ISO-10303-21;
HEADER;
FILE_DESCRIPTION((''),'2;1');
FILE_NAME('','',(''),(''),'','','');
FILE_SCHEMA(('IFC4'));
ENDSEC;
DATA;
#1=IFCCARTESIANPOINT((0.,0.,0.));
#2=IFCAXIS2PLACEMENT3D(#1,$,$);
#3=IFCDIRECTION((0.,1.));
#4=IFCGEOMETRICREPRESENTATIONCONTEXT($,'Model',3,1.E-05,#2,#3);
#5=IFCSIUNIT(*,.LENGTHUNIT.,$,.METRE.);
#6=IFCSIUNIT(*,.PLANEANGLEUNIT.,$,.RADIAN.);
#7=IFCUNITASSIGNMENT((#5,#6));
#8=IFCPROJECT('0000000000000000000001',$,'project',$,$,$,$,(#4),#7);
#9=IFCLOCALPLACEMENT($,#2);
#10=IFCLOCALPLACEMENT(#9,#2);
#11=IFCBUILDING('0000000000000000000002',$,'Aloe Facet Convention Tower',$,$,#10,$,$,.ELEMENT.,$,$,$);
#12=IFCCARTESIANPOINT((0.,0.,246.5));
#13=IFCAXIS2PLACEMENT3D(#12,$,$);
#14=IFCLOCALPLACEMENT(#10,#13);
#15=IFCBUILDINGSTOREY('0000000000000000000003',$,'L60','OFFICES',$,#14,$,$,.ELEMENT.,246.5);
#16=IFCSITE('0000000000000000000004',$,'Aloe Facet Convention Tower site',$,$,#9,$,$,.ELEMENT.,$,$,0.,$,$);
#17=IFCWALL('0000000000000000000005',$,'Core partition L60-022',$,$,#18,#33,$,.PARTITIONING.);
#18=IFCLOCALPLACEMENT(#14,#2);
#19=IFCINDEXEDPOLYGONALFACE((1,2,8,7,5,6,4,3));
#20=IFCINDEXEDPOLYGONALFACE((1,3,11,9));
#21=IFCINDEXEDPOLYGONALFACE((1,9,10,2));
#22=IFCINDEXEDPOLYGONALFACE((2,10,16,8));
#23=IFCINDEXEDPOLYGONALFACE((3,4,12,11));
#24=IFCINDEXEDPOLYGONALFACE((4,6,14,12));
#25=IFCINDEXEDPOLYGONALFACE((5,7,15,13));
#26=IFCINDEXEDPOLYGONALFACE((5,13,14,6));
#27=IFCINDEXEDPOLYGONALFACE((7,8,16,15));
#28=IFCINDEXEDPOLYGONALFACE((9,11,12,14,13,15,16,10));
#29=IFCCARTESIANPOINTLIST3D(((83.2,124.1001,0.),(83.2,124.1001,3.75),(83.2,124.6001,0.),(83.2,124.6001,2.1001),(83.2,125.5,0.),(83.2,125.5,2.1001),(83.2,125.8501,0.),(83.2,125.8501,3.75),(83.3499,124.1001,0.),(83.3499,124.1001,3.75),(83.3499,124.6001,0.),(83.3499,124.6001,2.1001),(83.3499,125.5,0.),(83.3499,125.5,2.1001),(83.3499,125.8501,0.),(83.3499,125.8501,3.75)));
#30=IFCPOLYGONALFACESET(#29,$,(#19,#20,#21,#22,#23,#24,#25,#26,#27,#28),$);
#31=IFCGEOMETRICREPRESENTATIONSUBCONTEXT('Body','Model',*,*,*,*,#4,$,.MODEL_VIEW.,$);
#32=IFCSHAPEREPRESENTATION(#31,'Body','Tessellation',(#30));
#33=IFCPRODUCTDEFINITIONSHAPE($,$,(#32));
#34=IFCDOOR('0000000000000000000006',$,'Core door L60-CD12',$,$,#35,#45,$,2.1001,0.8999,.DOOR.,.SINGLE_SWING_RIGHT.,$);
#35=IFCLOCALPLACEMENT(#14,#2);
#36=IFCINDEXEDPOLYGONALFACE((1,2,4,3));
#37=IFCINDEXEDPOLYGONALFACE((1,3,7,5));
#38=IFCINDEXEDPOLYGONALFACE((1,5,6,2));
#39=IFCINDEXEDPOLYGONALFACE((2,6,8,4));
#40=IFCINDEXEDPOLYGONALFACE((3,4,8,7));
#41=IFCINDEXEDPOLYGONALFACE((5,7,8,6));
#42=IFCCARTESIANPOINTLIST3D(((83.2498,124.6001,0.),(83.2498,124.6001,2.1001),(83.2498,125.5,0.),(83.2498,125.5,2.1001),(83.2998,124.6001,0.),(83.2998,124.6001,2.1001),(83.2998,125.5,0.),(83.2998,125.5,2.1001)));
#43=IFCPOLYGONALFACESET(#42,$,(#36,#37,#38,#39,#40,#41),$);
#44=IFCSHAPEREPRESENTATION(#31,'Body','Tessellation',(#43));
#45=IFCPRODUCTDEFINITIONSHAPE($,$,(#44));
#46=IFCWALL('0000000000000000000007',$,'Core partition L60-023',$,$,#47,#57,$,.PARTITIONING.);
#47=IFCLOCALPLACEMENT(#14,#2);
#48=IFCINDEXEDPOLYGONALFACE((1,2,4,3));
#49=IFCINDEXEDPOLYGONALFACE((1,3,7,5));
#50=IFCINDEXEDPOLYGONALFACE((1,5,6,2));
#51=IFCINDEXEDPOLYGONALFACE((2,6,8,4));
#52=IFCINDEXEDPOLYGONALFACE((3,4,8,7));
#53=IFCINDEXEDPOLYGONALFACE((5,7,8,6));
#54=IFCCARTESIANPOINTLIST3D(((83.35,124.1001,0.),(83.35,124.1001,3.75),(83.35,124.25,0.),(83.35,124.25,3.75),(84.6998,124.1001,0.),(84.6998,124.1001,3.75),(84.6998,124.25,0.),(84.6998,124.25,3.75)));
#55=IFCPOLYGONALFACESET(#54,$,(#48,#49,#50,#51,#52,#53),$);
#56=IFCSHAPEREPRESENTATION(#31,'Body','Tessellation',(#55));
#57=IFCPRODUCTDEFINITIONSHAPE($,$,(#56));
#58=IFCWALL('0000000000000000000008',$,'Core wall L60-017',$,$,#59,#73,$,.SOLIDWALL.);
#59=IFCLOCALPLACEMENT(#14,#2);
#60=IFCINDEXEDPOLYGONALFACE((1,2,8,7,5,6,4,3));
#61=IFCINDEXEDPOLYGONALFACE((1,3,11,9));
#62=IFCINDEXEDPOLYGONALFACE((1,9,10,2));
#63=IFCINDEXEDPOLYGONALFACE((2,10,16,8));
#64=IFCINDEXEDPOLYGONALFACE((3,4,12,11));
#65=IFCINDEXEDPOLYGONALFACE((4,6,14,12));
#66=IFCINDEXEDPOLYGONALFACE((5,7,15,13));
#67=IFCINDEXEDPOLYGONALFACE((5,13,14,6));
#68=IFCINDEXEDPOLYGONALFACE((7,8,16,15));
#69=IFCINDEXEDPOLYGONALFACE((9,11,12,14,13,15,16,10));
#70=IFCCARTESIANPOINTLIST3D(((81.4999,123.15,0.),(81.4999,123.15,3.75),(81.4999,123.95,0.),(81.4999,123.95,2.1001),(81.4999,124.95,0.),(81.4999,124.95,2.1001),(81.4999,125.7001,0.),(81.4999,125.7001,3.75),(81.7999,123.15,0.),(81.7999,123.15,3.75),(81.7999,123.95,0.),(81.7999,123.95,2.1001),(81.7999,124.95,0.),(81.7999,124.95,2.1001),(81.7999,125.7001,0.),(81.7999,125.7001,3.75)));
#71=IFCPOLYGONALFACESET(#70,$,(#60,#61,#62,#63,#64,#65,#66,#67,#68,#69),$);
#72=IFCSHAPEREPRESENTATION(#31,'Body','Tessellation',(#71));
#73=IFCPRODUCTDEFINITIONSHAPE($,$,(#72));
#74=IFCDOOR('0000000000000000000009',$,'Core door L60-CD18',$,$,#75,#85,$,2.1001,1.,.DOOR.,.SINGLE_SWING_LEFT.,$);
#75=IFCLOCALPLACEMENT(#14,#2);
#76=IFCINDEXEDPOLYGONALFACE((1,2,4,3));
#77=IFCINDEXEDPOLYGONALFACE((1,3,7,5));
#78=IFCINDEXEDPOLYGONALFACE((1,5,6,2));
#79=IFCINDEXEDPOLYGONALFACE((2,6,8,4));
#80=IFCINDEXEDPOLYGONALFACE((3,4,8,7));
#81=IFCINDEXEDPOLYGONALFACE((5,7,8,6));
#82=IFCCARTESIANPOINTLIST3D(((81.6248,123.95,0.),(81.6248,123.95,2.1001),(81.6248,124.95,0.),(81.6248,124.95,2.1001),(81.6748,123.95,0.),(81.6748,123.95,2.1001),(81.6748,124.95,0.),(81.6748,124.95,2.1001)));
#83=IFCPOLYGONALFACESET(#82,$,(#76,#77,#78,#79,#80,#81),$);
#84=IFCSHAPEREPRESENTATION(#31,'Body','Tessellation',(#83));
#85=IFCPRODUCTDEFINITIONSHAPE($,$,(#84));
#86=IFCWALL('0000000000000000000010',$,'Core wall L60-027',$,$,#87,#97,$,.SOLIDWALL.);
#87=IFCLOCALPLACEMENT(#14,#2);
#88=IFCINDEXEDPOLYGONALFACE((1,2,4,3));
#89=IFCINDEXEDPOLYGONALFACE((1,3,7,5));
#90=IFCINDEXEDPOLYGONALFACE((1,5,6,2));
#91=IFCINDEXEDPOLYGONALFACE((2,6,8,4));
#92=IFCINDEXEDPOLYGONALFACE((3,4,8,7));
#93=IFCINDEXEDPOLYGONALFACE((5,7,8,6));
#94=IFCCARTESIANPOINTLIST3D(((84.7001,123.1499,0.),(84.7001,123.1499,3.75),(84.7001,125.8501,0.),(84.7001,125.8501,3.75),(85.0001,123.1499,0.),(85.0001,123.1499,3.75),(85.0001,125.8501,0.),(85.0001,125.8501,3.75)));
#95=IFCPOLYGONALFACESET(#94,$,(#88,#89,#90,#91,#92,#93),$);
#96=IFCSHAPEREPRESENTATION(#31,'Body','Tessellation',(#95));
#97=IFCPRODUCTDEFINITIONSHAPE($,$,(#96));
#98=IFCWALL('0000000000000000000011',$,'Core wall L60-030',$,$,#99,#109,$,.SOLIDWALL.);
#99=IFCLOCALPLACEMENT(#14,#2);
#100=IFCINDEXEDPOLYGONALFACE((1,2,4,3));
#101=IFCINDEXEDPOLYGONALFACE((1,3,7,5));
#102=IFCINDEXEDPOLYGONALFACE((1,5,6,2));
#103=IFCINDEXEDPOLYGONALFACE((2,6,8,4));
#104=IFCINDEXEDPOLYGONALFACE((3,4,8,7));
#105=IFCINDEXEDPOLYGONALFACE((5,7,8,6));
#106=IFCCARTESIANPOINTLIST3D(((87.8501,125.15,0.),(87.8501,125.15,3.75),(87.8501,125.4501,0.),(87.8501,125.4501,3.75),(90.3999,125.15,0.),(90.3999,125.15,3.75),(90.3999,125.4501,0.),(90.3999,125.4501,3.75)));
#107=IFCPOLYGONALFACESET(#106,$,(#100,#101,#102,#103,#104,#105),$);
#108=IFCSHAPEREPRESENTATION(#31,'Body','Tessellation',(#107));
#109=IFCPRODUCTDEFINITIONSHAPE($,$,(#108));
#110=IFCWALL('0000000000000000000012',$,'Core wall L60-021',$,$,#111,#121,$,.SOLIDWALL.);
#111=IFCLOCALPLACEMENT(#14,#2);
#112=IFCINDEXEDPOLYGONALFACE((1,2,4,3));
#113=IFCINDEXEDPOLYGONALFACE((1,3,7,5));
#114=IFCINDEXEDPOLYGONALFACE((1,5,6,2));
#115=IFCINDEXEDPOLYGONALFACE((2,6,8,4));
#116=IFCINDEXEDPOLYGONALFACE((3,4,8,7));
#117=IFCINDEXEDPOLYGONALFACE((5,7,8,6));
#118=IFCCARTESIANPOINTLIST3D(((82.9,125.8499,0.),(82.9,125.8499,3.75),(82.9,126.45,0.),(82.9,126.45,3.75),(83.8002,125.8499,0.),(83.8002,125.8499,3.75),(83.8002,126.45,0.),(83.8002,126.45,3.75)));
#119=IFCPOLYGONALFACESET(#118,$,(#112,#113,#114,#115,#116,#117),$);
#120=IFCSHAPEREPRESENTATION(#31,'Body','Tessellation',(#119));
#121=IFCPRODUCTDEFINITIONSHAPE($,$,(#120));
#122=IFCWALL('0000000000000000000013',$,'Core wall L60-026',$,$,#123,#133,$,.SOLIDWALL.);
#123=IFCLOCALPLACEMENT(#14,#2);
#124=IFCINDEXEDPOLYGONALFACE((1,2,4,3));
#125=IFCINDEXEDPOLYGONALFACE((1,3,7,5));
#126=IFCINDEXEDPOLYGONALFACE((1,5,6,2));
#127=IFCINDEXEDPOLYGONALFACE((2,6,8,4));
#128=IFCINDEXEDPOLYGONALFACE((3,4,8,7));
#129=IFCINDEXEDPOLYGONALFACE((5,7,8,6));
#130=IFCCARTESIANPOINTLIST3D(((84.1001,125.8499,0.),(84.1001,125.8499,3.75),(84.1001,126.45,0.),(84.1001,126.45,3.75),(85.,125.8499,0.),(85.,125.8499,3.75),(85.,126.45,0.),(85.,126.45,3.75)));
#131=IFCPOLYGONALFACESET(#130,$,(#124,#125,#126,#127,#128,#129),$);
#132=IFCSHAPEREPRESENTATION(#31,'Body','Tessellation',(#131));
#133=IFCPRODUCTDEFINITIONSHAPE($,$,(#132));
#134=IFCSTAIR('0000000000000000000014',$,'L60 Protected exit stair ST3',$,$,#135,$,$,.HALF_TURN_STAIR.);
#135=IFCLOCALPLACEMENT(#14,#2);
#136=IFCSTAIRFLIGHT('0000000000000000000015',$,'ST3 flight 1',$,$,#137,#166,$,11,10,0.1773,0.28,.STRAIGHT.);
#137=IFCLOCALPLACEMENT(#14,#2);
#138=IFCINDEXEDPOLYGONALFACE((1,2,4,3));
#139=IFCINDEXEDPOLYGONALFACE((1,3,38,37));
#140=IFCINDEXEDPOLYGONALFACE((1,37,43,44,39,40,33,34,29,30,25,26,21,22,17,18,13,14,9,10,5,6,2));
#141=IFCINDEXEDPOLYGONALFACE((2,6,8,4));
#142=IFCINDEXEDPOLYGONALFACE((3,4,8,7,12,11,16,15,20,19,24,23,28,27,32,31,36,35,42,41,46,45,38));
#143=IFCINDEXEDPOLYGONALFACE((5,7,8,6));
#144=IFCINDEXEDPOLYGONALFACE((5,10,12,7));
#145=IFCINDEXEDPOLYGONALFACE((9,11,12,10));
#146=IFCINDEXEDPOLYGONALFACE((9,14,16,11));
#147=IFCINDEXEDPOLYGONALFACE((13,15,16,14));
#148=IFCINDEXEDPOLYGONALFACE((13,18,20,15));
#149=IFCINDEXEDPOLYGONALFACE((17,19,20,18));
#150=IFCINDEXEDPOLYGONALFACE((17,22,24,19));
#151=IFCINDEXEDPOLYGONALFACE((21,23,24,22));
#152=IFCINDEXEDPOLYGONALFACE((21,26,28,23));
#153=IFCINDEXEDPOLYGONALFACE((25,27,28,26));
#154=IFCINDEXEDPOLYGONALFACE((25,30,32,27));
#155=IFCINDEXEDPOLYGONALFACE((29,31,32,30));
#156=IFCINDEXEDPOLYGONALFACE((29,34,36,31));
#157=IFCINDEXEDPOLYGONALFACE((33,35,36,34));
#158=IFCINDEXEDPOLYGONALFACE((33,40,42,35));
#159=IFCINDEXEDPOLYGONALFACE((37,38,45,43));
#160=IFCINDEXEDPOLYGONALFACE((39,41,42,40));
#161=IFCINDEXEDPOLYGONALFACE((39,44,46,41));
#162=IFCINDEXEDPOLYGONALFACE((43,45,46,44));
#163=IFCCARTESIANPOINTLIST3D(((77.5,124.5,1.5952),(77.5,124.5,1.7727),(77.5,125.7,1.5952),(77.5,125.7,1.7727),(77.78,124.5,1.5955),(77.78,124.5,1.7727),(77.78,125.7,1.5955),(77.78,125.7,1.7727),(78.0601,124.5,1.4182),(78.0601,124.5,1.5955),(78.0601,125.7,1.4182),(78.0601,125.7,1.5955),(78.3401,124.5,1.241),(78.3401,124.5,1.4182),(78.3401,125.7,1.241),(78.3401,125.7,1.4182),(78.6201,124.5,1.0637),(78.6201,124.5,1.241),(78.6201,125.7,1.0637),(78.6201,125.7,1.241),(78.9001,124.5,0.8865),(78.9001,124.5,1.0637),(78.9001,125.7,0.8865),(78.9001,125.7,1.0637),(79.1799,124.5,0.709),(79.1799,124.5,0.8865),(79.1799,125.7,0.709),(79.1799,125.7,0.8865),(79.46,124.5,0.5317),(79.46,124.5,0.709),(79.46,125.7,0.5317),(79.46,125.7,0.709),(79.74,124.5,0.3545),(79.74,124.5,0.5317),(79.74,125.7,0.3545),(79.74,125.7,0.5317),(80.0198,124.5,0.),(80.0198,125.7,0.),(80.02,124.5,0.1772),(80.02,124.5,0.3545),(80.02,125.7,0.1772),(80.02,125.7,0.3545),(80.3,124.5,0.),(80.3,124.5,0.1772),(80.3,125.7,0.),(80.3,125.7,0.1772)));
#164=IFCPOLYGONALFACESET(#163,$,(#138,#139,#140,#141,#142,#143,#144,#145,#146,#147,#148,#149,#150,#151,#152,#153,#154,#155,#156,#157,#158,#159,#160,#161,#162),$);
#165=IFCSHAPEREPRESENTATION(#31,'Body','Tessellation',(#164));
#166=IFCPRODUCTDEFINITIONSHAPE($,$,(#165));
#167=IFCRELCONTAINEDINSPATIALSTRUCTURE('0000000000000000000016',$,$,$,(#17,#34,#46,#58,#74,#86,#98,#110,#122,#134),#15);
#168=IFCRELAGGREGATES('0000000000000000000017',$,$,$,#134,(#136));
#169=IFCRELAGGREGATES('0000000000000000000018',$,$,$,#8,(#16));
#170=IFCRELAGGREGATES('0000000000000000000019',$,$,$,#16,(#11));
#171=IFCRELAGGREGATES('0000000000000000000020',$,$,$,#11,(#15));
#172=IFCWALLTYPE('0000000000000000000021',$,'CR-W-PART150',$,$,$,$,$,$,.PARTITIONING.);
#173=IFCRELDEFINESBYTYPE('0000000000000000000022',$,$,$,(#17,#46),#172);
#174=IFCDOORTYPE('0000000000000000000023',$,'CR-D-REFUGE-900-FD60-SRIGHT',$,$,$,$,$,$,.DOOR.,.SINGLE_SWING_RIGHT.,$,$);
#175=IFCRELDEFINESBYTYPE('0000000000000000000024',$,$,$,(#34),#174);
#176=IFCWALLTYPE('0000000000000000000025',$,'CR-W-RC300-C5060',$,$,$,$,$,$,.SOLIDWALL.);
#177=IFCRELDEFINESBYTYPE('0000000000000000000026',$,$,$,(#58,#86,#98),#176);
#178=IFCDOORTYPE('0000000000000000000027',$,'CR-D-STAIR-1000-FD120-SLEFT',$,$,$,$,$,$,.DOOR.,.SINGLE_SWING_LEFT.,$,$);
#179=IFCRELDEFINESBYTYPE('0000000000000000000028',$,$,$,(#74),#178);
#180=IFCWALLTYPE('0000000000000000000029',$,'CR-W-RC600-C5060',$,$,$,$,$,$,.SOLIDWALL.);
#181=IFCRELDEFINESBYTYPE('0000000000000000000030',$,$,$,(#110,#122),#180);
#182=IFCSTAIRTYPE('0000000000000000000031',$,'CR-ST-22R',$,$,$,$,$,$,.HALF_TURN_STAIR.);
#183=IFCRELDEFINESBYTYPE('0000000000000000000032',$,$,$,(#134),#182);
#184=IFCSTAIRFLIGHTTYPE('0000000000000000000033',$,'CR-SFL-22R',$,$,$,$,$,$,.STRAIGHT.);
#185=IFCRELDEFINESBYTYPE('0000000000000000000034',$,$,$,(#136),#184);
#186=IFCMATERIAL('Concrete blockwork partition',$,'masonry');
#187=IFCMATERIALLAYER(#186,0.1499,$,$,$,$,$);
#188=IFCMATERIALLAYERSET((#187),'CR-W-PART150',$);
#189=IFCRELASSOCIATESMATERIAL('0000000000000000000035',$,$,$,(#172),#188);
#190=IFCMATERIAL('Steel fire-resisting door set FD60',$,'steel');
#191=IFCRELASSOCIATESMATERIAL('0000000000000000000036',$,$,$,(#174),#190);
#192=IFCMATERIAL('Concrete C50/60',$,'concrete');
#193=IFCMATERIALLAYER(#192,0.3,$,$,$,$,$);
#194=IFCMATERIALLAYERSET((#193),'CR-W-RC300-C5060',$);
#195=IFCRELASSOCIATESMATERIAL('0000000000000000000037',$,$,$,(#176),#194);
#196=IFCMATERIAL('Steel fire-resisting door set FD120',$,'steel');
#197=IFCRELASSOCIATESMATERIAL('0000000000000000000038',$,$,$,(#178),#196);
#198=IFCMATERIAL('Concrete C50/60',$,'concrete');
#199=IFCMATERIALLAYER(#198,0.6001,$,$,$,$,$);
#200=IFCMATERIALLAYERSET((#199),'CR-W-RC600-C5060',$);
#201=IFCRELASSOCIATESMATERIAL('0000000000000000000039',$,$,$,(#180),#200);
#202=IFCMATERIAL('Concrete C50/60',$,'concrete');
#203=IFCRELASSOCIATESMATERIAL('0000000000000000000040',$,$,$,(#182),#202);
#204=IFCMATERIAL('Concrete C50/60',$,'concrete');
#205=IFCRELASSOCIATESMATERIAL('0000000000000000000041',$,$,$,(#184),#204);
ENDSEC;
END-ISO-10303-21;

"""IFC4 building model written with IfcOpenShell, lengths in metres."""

from ifc_helpers import new_model, si_unit, direction, frame, frame_2d, origin, place, context, subcontext, project, spatial, polyline, rectangle, outline, extrude, material, layer, layer_set, type_object, element, fill, aggregate, save


model = new_model("IFC4")

# Units and contexts
model_context = context("Model", 3, precision=1e-05, world=origin(), true_north=direction((0.0, 1.0)))
body_context = subcontext(model_context, "Body", "Model", "MODEL_VIEW")
ifc_project = project(units=[si_unit("LENGTHUNIT", "METRE"), si_unit("PLANEANGLEUNIT", "RADIAN")], contexts=[model_context])

# Site, building, storey
site_placement = place(None, origin())
site = spatial("IfcSite", under=ifc_project, at=site_placement, Name="Aloe Facet Convention Tower site", CompositionType="ELEMENT", RefElevation=0.0)
building_placement = place(site_placement, origin())
building = spatial("IfcBuilding", under=site, at=building_placement, Name="Aloe Facet Convention Tower", CompositionType="ELEMENT")
storey_placement = place(building_placement, frame((0.0, 0.0, 246.5)))
storey = spatial("IfcBuildingStorey", under=building, at=storey_placement, Name="L60", Description="OFFICES", CompositionType="ELEMENT", Elevation=246.5)

# Wall, opening, door
ifc_material_1 = material(Name="Concrete blockwork partition", Category="masonry")
ifc_layer_1 = layer(ifc_material_1, 0.1499)
ifc_layer_set_1 = layer_set([ifc_layer_1], Name="CR-W-PART150")
wall_type_1 = type_object("IfcWallType", Name="CR-W-PART150", PredefinedType="PARTITIONING", material=ifc_layer_set_1)
wall_1_placement = place(storey_placement, frame((83.2749, 125.8501, 0.0), z_axis=(0.0, 0.0, 1.0), x_axis=(0.0, -1.0, 0.0)))
wall_1 = element("IfcWall", 1, at=wall_1_placement, inside=storey, type_object=wall_type_1, Name="Core partition L60-022", PredefinedType="PARTITIONING", context=body_context, shape_type="SweptSolid", body=[
    extrude(rectangle(XDim=1.75, YDim=0.1499, at=frame_2d((0.875, 0.0))), origin(), (0.0, 0.0, 1.0), 3.75),
])
opening_1_placement = place(wall_1_placement, frame((0.3501, 0.0, 0.0)))
opening_1 = element("IfcOpeningElement", 2, at=opening_1_placement, cuts=wall_1, PredefinedType="OPENING", context=body_context, shape_type="SweptSolid", body=[
    extrude(rectangle(XDim=0.8999, YDim=2.1001, at=frame_2d((0.45, 1.05))), frame((0.0, 0.085, 0.0), z_axis=(0.0, -1.0, 0.0), x_axis=(1.0, 0.0, 0.0)), (0.0, 0.0, 1.0), 0.1699),
])
ifc_material_2 = material(Name="Steel fire-resisting door set FD60", Category="steel")
door_type_1 = type_object("IfcDoorType", Name="CR-D-REFUGE-900-FD60-SRIGHT", OperationType="SINGLE_SWING_RIGHT", PredefinedType="DOOR", material=ifc_material_2)
door_1_placement = place(opening_1_placement, origin())
door_1 = element("IfcDoor", 3, at=door_1_placement, inside=storey, type_object=door_type_1, Name="Core door L60-CD12", OperationType="SINGLE_SWING_RIGHT", OverallHeight=2.1001, OverallWidth=0.8999, PredefinedType="DOOR", context=body_context, shape_type="SweptSolid", body=[
    extrude(rectangle(XDim=0.8999, YDim=2.1001, at=frame_2d((0.45, 1.05))), frame((0.0, 0.0249, 0.0), z_axis=(0.0, -1.0, 0.0), x_axis=(1.0, 0.0, 0.0)), (0.0, 0.0, 1.0), 0.05),
])
fill(opening_1, door_1)

# Wall
wall_2_placement = place(storey_placement, frame((83.3501, 124.175, 0.0), z_axis=(0.0, 0.0, 1.0), x_axis=(1.0, 0.0, 0.0)))
element("IfcWall", 4, at=wall_2_placement, inside=storey, type_object=wall_type_1, Name="Core partition L60-023", PredefinedType="PARTITIONING", context=body_context, shape_type="SweptSolid", body=[
    extrude(rectangle(XDim=1.3499, YDim=0.1499, at=frame_2d((0.6748, 0.0))), origin(), (0.0, 0.0, 1.0), 3.75),
])

# Wall, opening, door
ifc_material_3 = material(Name="Concrete C50/60", Category="concrete")
ifc_layer_2 = layer(ifc_material_3, 0.3)
ifc_layer_set_2 = layer_set([ifc_layer_2], Name="CR-W-RC300-C5060")
wall_type_2 = type_object("IfcWallType", Name="CR-W-RC300-C5060", PredefinedType="SOLIDWALL", material=ifc_layer_set_2)
wall_3_placement = place(storey_placement, frame((81.6499, 125.7, 0.0), z_axis=(0.0, 0.0, 1.0), x_axis=(0.0, -1.0, 0.0)))
wall_3 = element("IfcWall", 5, at=wall_3_placement, inside=storey, type_object=wall_type_2, Name="Core wall L60-017", PredefinedType="SOLIDWALL", context=body_context, shape_type="SweptSolid", body=[
    extrude(rectangle(XDim=2.55, YDim=0.3, at=frame_2d((1.2749, 0.0))), origin(), (0.0, 0.0, 1.0), 3.75),
])
opening_2_placement = place(wall_3_placement, frame((0.75, 0.0, 0.0)))
opening_2 = element("IfcOpeningElement", 6, at=opening_2_placement, cuts=wall_3, PredefinedType="OPENING", context=body_context, shape_type="SweptSolid", body=[
    extrude(rectangle(XDim=1.0, YDim=2.1001, at=frame_2d((0.5, 1.05))), frame((0.0, 0.1602, 0.0), z_axis=(0.0, -1.0, 0.0), x_axis=(1.0, 0.0, 0.0)), (0.0, 0.0, 1.0), 0.3201),
])
ifc_material_4 = material(Name="Steel fire-resisting door set FD120", Category="steel")
door_type_2 = type_object("IfcDoorType", Name="CR-D-STAIR-1000-FD120-SLEFT", OperationType="SINGLE_SWING_LEFT", PredefinedType="DOOR", material=ifc_material_4)
door_2_placement = place(opening_2_placement, origin())
door_2 = element("IfcDoor", 7, at=door_2_placement, inside=storey, type_object=door_type_2, Name="Core door L60-CD18", OperationType="SINGLE_SWING_LEFT", OverallHeight=2.1001, OverallWidth=1.0, PredefinedType="DOOR", context=body_context, shape_type="SweptSolid", body=[
    extrude(rectangle(XDim=1.0, YDim=2.1001, at=frame_2d((0.5, 1.05))), frame((0.0, 0.0249, 0.0), z_axis=(0.0, -1.0, 0.0), x_axis=(1.0, 0.0, 0.0)), (0.0, 0.0, 1.0), 0.05),
])
fill(opening_2, door_2)

# Walls
wall_4_placement = place(storey_placement, frame((84.8501, 125.8501, 0.0), z_axis=(0.0, 0.0, 1.0), x_axis=(0.0, -1.0, 0.0)))
element("IfcWall", 8, at=wall_4_placement, inside=storey, type_object=wall_type_2, Name="Core wall L60-027", PredefinedType="SOLIDWALL", context=body_context, shape_type="SweptSolid", body=[
    extrude(rectangle(XDim=2.7002, YDim=0.3, at=frame_2d((1.3501, 0.0))), origin(), (0.0, 0.0, 1.0), 3.75),
])
wall_5_placement = place(storey_placement, frame((87.8501, 125.3, 0.0), z_axis=(0.0, 0.0, 1.0), x_axis=(1.0, 0.0, 0.0)))
element("IfcWall", 9, at=wall_5_placement, inside=storey, type_object=wall_type_2, Name="Core wall L60-030", PredefinedType="SOLIDWALL", context=body_context, shape_type="SweptSolid", body=[
    extrude(rectangle(XDim=2.5498, YDim=0.3, at=frame_2d((1.2749, 0.0))), origin(), (0.0, 0.0, 1.0), 3.75),
])
ifc_material_5 = material(Name="Concrete C50/60", Category="concrete")
ifc_layer_3 = layer(ifc_material_5, 0.6001)
ifc_layer_set_3 = layer_set([ifc_layer_3], Name="CR-W-RC600-C5060")
wall_type_3 = type_object("IfcWallType", Name="CR-W-RC600-C5060", PredefinedType="SOLIDWALL", material=ifc_layer_set_3)
wall_6_placement = place(storey_placement, frame((82.8999, 126.1499, 0.0), z_axis=(0.0, 0.0, 1.0), x_axis=(1.0, 0.0, 0.0)))
element("IfcWall", 10, at=wall_6_placement, inside=storey, type_object=wall_type_3, Name="Core wall L60-021", PredefinedType="SOLIDWALL", context=body_context, shape_type="SweptSolid", body=[
    extrude(rectangle(XDim=0.9001, YDim=0.6001, at=frame_2d((0.4502, 0.0))), origin(), (0.0, 0.0, 1.0), 3.75),
])
wall_7_placement = place(storey_placement, frame((84.1001, 126.1499, 0.0), z_axis=(0.0, 0.0, 1.0), x_axis=(1.0, 0.0, 0.0)))
element("IfcWall", 11, at=wall_7_placement, inside=storey, type_object=wall_type_3, Name="Core wall L60-026", PredefinedType="SOLIDWALL", context=body_context, shape_type="SweptSolid", body=[
    extrude(rectangle(XDim=0.8999, YDim=0.6001, at=frame_2d((0.45, 0.0))), origin(), (0.0, 0.0, 1.0), 3.75),
])

# Stair, stair flight
ifc_material_6 = material(Name="Concrete C50/60", Category="concrete")
stair_type = type_object("IfcStairType", Name="CR-ST-22R", PredefinedType="HALF_TURN_STAIR", material=ifc_material_6)
stair_placement = place(storey_placement, origin())
stair = element("IfcStair", 12, at=stair_placement, inside=storey, type_object=stair_type, Name="L60 Protected exit stair ST3", PredefinedType="HALF_TURN_STAIR")
ifc_material_7 = material(Name="Concrete C50/60", Category="concrete")
stair_flight_type = type_object("IfcStairFlightType", Name="CR-SFL-22R", PredefinedType="STRAIGHT", material=ifc_material_7)
stair_flight_placement = place(storey_placement, frame((80.3, 125.1001, 0.0), z_axis=(0.0, 0.0, 1.0), x_axis=(-1.0, 0.0, 0.0)))
stair_flight = element("IfcStairFlight", 13, at=stair_flight_placement, type_object=stair_flight_type, Name="ST3 flight 1", NumberOfRisers=11, NumberOfTreads=10, PredefinedType="STRAIGHT", RiserHeight=0.1773, TreadLength=0.28, context=body_context, shape_type="SweptSolid", body=[
    extrude(outline(polyline([(0.0, 0.0), (0.0, 0.1772), (0.28, 0.1772), (0.28, 0.3545), (0.5601, 0.3545), (0.5601, 0.5317), (0.8401, 0.5317), (0.8401, 0.709), (1.1201, 0.709), (1.1201, 0.8865), (1.3999, 0.8865), (1.3999, 1.0637), (1.6799, 1.0637), (1.6799, 1.241), (1.96, 1.241), (1.96, 1.4182), (2.24, 1.4182), (2.24, 1.5955), (2.52, 1.5955), (2.52, 1.7727), (2.8, 1.7727), (2.8, 1.95), (2.8, 1.5952), (0.2803, 0.0), (0.0, 0.0)])), frame((0.0, 0.6001, 0.0), z_axis=(0.0, -1.0, 0.0), x_axis=(1.0, 0.0, 0.0)), (0.0, 0.0, 1.0), 1.2),
])
aggregate(stair, [stair_flight])

save(model, "model.ifc")
